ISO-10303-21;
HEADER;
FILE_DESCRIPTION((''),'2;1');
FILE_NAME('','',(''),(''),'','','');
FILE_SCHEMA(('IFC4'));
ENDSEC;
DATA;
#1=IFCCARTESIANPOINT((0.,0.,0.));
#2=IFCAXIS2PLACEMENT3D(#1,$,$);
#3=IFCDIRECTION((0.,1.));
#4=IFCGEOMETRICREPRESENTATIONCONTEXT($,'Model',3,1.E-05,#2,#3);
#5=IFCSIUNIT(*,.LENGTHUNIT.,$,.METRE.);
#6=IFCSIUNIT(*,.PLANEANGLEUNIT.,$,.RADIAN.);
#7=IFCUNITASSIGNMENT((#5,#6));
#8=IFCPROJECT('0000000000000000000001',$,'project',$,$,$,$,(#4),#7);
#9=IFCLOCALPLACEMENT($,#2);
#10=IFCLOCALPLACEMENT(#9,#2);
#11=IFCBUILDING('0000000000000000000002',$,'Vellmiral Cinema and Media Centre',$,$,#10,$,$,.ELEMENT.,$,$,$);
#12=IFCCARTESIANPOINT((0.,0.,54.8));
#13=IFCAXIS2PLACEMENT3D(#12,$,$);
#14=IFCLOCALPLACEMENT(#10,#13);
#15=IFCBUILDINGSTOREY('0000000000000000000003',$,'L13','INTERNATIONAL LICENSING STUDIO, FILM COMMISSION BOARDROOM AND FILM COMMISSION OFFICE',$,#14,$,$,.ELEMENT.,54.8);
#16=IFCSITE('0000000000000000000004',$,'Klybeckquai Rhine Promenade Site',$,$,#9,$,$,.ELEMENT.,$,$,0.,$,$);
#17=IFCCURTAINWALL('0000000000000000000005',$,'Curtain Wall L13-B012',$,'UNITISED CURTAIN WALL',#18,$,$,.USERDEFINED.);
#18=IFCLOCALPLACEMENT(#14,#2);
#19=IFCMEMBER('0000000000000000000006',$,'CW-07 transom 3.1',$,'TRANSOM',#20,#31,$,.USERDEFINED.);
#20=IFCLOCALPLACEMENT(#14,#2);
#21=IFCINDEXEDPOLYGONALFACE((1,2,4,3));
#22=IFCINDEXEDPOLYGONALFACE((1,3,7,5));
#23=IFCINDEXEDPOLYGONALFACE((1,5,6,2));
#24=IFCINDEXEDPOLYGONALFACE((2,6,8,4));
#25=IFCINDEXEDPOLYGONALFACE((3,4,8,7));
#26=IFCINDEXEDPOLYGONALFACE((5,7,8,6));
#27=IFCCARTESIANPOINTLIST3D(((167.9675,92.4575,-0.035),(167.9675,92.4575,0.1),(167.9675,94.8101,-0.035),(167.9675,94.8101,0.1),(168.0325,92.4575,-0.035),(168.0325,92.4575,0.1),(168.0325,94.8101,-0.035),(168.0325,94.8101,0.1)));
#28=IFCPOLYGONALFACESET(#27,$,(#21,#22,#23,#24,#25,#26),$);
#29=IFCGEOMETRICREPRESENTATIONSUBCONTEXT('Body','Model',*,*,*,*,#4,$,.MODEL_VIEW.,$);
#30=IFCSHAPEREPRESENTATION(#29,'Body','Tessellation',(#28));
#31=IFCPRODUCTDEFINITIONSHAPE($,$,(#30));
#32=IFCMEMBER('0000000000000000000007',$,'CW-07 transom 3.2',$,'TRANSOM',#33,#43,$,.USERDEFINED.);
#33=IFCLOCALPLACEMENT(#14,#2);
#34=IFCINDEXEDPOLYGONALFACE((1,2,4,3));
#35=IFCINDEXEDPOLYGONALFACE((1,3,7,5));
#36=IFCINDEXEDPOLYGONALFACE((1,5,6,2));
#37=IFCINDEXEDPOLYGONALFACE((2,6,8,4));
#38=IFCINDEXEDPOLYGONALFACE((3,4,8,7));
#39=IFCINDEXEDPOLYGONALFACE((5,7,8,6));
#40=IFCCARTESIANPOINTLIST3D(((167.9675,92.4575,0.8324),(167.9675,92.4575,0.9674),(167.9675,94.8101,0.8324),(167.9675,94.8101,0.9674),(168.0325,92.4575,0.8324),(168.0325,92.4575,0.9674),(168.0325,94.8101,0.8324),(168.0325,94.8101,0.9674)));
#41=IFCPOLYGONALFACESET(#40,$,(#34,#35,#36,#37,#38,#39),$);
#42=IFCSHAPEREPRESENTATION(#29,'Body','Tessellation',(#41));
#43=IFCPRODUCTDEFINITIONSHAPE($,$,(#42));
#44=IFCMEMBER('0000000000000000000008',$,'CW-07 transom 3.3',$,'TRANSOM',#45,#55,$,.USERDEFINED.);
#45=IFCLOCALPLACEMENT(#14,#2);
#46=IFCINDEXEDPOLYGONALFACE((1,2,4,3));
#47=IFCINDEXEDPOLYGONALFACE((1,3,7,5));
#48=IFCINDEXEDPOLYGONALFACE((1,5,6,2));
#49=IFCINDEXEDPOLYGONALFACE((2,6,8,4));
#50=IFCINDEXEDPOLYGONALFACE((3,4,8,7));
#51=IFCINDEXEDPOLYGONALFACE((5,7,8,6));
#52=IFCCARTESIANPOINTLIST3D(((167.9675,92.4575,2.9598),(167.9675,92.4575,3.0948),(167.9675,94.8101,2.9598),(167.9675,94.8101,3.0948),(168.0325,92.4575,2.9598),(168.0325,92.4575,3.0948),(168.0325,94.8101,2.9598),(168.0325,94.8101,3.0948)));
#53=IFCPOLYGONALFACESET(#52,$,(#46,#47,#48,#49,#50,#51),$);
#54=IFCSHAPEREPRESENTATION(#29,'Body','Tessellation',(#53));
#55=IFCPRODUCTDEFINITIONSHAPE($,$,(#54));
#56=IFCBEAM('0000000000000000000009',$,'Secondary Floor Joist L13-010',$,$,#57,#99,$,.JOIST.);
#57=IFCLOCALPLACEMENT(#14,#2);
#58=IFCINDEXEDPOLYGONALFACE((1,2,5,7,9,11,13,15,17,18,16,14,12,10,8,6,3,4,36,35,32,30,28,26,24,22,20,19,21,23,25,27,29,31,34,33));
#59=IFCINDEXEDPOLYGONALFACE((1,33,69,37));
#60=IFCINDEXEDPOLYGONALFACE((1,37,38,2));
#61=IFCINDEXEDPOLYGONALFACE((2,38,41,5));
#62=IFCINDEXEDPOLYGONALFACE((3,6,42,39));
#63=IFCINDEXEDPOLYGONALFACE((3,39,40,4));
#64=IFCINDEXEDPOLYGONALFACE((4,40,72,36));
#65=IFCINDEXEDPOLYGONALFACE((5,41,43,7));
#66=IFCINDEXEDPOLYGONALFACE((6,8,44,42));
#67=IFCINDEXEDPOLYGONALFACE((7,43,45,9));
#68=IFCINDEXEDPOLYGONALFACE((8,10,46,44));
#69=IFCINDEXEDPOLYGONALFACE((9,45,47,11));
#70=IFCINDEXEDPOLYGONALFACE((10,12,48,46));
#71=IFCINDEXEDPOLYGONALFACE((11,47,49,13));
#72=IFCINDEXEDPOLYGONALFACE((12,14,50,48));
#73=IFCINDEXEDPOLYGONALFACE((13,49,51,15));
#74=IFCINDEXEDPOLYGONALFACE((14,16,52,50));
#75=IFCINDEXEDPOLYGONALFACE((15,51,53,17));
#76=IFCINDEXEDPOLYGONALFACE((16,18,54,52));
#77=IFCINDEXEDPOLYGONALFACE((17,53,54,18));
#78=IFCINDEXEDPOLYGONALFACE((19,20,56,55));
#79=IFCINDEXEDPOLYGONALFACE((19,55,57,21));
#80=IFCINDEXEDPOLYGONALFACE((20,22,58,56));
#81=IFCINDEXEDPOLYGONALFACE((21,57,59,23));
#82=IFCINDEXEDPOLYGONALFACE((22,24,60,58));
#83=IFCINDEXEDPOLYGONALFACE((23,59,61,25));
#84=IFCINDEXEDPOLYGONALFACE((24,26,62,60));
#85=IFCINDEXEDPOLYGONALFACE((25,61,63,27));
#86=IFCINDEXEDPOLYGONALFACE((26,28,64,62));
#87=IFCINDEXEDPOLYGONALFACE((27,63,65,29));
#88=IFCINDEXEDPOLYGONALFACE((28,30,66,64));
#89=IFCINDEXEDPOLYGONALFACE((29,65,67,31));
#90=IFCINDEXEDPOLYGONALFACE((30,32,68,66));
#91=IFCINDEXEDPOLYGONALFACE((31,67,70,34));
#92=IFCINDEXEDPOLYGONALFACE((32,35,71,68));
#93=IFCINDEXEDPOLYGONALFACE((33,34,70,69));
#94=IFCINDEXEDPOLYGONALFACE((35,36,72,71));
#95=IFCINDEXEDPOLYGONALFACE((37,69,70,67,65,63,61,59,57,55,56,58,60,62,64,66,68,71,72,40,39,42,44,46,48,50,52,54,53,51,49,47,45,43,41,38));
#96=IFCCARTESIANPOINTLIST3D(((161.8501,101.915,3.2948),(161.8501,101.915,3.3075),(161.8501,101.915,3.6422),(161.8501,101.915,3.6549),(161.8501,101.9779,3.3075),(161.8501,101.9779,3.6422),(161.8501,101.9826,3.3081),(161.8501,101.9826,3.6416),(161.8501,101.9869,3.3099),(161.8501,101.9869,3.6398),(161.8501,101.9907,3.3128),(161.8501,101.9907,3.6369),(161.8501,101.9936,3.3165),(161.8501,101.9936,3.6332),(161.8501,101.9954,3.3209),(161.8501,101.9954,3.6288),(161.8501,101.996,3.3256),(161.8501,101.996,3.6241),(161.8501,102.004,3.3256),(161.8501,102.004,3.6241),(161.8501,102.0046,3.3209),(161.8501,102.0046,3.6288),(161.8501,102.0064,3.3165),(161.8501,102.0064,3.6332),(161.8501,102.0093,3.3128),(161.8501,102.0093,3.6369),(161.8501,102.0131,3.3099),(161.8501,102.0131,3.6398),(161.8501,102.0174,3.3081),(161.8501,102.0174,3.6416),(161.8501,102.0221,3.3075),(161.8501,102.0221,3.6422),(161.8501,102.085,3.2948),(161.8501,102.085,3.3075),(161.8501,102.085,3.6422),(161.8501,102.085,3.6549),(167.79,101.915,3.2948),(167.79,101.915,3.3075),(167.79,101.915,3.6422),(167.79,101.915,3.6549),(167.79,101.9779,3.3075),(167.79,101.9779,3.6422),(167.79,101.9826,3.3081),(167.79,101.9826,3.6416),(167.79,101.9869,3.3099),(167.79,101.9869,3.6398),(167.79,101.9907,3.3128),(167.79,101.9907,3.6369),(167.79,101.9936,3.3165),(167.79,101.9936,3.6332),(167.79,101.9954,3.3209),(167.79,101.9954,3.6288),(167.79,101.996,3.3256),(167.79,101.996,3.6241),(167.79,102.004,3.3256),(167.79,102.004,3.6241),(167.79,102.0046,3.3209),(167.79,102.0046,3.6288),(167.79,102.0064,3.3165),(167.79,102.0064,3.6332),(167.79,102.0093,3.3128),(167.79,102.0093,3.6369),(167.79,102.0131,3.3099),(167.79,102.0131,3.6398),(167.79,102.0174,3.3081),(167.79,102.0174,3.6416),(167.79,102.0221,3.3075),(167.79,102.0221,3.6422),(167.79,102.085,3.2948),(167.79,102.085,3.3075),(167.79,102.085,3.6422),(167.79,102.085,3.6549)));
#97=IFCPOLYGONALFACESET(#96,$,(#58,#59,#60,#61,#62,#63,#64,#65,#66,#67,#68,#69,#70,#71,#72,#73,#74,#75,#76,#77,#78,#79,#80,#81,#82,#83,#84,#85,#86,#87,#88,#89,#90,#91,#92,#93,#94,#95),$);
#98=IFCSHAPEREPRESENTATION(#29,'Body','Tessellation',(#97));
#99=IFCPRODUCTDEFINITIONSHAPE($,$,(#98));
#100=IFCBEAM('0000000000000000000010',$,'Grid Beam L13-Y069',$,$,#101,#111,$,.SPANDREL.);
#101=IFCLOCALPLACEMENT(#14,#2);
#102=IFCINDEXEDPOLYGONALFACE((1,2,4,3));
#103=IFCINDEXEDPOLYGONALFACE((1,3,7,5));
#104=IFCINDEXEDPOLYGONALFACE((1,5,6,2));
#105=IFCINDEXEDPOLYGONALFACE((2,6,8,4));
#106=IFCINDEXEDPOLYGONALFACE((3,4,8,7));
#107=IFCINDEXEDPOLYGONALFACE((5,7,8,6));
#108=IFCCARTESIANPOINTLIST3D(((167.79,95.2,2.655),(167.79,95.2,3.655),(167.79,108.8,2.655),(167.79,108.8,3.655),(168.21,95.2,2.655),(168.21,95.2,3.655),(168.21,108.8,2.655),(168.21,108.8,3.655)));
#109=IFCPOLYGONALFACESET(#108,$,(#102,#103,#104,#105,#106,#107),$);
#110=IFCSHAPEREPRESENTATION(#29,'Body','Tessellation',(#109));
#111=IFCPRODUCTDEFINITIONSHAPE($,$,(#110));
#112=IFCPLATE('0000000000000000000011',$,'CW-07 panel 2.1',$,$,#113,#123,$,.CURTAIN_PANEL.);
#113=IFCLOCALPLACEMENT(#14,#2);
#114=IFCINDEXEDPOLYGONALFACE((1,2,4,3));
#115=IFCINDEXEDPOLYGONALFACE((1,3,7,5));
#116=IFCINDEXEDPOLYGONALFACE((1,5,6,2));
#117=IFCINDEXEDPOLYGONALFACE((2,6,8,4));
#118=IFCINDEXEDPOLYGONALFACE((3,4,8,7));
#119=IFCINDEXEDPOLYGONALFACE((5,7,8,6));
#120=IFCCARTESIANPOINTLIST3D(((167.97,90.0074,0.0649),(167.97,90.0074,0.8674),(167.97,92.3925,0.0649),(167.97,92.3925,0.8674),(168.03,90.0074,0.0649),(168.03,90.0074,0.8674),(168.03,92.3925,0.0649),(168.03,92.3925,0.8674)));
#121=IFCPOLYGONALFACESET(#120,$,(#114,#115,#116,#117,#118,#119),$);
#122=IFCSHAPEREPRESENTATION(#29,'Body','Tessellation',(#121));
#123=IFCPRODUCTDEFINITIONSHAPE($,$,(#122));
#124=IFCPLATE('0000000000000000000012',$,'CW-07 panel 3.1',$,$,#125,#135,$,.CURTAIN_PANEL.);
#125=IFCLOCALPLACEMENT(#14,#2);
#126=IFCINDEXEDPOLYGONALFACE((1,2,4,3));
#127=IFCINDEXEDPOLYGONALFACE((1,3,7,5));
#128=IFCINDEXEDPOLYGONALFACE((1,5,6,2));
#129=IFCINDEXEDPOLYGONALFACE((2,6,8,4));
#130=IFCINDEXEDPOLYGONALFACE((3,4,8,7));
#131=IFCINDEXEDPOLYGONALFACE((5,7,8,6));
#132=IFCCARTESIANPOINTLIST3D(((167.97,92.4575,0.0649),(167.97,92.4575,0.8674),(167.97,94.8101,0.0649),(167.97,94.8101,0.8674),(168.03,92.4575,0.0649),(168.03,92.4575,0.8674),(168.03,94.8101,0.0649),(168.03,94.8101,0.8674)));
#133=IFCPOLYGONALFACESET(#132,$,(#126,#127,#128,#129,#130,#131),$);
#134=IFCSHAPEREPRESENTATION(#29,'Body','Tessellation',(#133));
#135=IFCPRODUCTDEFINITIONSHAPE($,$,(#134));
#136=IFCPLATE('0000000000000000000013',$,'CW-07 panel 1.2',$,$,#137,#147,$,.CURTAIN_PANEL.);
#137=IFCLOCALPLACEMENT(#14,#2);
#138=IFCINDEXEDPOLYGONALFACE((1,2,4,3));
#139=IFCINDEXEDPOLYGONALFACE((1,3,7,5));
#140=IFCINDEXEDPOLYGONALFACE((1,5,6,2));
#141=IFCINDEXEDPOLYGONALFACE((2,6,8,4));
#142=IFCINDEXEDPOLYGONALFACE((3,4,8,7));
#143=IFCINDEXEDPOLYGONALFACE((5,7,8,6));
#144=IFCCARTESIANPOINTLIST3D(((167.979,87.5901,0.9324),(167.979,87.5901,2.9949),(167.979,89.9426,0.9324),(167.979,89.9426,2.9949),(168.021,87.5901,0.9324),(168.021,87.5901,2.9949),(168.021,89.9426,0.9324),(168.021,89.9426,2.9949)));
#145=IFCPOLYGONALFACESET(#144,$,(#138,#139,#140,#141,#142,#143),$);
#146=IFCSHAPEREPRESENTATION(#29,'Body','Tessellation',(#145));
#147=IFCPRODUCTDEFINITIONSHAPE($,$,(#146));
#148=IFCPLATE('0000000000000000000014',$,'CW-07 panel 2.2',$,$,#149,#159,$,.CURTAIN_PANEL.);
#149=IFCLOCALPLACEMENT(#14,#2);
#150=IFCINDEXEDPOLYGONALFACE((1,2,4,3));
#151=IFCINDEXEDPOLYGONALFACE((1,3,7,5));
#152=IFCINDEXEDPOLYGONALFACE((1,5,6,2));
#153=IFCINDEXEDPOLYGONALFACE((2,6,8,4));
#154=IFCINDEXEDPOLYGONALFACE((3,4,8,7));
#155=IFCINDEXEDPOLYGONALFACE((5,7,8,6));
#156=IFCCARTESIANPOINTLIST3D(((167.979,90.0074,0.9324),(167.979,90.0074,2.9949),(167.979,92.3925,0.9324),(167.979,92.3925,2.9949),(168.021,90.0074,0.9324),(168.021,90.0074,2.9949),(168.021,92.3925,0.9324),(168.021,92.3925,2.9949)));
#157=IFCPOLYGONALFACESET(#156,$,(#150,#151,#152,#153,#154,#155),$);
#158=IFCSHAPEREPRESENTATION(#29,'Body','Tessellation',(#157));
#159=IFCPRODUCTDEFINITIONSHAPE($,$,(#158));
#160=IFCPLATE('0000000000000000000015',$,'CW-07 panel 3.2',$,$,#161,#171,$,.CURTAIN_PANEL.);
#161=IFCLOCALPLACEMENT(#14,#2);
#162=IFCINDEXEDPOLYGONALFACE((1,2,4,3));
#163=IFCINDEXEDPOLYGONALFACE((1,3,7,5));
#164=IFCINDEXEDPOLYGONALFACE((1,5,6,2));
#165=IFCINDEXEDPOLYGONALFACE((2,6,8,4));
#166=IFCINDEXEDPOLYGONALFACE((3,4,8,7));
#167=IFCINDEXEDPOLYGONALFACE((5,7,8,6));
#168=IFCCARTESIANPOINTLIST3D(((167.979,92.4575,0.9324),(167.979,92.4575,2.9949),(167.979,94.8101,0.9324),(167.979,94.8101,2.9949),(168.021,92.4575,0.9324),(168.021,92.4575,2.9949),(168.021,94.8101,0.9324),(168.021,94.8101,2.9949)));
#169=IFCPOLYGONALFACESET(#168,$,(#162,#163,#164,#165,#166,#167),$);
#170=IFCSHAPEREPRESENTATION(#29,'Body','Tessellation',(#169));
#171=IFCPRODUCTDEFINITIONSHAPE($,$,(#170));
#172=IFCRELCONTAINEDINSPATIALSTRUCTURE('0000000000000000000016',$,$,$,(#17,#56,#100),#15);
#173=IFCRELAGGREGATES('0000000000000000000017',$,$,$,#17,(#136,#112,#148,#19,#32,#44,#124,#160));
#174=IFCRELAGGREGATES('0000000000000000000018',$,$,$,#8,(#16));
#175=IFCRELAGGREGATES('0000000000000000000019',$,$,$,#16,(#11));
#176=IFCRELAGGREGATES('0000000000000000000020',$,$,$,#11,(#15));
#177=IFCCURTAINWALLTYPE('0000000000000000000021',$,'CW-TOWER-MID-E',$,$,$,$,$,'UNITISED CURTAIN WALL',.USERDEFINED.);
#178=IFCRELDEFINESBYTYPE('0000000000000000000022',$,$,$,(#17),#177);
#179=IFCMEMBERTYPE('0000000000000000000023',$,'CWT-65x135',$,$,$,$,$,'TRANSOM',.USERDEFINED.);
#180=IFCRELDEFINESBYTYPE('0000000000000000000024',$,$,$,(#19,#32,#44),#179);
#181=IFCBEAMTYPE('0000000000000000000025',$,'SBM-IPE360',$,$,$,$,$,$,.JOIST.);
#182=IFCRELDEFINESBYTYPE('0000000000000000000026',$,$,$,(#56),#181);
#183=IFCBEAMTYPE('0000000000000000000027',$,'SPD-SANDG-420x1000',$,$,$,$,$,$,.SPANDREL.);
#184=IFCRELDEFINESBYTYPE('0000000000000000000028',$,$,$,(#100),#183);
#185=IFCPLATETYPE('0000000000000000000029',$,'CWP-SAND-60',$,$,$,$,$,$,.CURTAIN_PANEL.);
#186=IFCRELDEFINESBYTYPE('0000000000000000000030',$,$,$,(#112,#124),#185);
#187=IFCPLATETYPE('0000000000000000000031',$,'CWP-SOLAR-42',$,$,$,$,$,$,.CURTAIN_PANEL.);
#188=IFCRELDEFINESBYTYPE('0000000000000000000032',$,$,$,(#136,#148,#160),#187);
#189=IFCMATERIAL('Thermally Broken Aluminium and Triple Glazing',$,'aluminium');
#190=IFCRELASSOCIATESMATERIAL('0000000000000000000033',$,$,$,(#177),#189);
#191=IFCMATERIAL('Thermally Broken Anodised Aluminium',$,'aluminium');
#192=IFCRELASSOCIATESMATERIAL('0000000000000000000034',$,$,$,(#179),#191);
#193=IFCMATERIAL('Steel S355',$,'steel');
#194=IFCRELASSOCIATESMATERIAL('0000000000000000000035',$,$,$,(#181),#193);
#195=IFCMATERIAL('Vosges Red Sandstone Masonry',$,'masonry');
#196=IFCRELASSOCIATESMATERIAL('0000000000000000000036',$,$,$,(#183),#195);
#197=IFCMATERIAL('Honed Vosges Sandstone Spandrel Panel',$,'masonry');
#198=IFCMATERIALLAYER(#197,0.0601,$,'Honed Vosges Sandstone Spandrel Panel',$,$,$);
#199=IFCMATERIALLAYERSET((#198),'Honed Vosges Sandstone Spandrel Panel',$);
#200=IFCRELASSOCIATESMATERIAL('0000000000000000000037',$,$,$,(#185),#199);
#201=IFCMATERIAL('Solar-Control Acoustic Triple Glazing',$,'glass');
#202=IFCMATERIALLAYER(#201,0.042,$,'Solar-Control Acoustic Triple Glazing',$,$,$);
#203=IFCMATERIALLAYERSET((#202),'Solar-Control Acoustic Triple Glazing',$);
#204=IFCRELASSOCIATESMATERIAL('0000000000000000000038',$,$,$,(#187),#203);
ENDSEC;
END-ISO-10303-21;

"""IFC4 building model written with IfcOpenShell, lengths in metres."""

from ifc_helpers import new_model, si_unit, direction, frame, origin, origin_2d, place, context, subcontext, project, spatial, rectangle, i_section, extrude, material, layer, layer_set, material_profile, profile_set, type_object, element, aggregate, save


model = new_model("IFC4")

# Units and contexts
model_context = context("Model", 3, precision=1e-05, world=origin(), true_north=direction((0.0, 1.0)))
body_context = subcontext(model_context, "Body", "Model", "MODEL_VIEW")
ifc_project = project(units=[si_unit("LENGTHUNIT", "METRE"), si_unit("PLANEANGLEUNIT", "RADIAN")], contexts=[model_context])

# Site, building, storey
site_placement = place(None, origin())
site = spatial("IfcSite", under=ifc_project, at=site_placement, Name="Klybeckquai Rhine Promenade Site", CompositionType="ELEMENT", RefElevation=0.0)
building_placement = place(site_placement, origin())
building = spatial("IfcBuilding", under=site, at=building_placement, Name="Vellmiral Cinema and Media Centre", CompositionType="ELEMENT")
storey_placement = place(building_placement, frame((0.0, 0.0, 54.8)))
storey = spatial("IfcBuildingStorey", under=building, at=storey_placement, Name="L13", Description="INTERNATIONAL LICENSING STUDIO, FILM COMMISSION BOARDROOM AND FILM COMMISSION OFFICE", CompositionType="ELEMENT", Elevation=54.8)

# Curtain wall, members
ifc_material_1 = material(Name="Thermally Broken Aluminium and Triple Glazing", Category="aluminium")
curtain_wall_type = type_object("IfcCurtainWallType", Name="CW-TOWER-MID-E", ElementType="UNITISED CURTAIN WALL", PredefinedType="USERDEFINED", material=ifc_material_1)
curtain_wall_placement = place(storey_placement, origin())
curtain_wall = element("IfcCurtainWall", 1, at=curtain_wall_placement, inside=storey, type_object=curtain_wall_type, Name="Curtain Wall L13-B012", ObjectType="UNITISED CURTAIN WALL", PredefinedType="USERDEFINED")
ifc_material_2 = material(Name="Thermally Broken Anodised Aluminium", Category="aluminium")
ifc_material_profile_1 = material_profile(ifc_material_2, rectangle(XDim=0.0649, YDim=0.135, at=origin_2d()), Name="MULL 65x135")
ifc_profile_set_1 = profile_set([ifc_material_profile_1], Name="Thermally Broken Anodised Aluminium")
member_type_1 = type_object("IfcMemberType", Name="CWT-65x135", ElementType="TRANSOM", PredefinedType="USERDEFINED", material=ifc_profile_set_1)
member_1_placement = place(storey_placement, frame((168.0, 92.4575, 0.0325), z_axis=(0.0, 1.0, 0.0), x_axis=(-1.0, 0.0, 0.0)))
member_1 = element("IfcMember", 2, at=member_1_placement, type_object=member_type_1, Name="CW-07 transom 3.1", ObjectType="TRANSOM", PredefinedType="USERDEFINED", context=body_context, shape_type="SweptSolid", body=[
    extrude(rectangle(XDim=0.0649, YDim=0.135, at=origin_2d()), origin(), (0.0, 0.0, 1.0), 2.3525),
])
member_2_placement = place(storey_placement, frame((168.0, 92.4575, 0.8999), z_axis=(0.0, 1.0, 0.0), x_axis=(-1.0, 0.0, 0.0)))
member_2 = element("IfcMember", 3, at=member_2_placement, type_object=member_type_1, Name="CW-07 transom 3.2", ObjectType="TRANSOM", PredefinedType="USERDEFINED", context=body_context, shape_type="SweptSolid", body=[
    extrude(rectangle(XDim=0.0649, YDim=0.135, at=origin_2d()), origin(), (0.0, 0.0, 1.0), 2.3525),
])
member_3_placement = place(storey_placement, frame((168.0, 92.4575, 3.0273), z_axis=(0.0, 1.0, 0.0), x_axis=(-1.0, 0.0, 0.0)))
member_3 = element("IfcMember", 4, at=member_3_placement, type_object=member_type_1, Name="CW-07 transom 3.3", ObjectType="TRANSOM", PredefinedType="USERDEFINED", context=body_context, shape_type="SweptSolid", body=[
    extrude(rectangle(XDim=0.0649, YDim=0.135, at=origin_2d()), origin(), (0.0, 0.0, 1.0), 2.3525),
])

# Beams
ifc_material_3 = material(Name="Steel S355", Category="steel")
ifc_material_profile_2 = material_profile(ifc_material_3, i_section(OverallWidth=0.1699, OverallDepth=0.3601, WebThickness=0.0081, FlangeThickness=0.0127, FilletRadius=0.0181, at=origin_2d()), Name="IPE 360")
ifc_profile_set_2 = profile_set([ifc_material_profile_2], Name="Steel S355")
beam_type_1 = type_object("IfcBeamType", Name="SBM-IPE360", PredefinedType="JOIST", material=ifc_profile_set_2)
beam_1_placement = place(storey_placement, frame((161.8501, 102.0, 3.4749), z_axis=(1.0, 0.0, 0.0), x_axis=(0.0, 1.0, 0.0)))
element("IfcBeam", 5, at=beam_1_placement, inside=storey, type_object=beam_type_1, Name="Secondary Floor Joist L13-010", PredefinedType="JOIST", context=body_context, shape_type="SweptSolid", body=[
    extrude(i_section(OverallWidth=0.1699, OverallDepth=0.3601, WebThickness=0.0081, FlangeThickness=0.0127, FilletRadius=0.0181, at=origin_2d()), origin(), (0.0, 0.0, 1.0), 5.9399),
])
ifc_material_4 = material(Name="Vosges Red Sandstone Masonry", Category="masonry")
ifc_material_profile_3 = material_profile(ifc_material_4, rectangle(XDim=0.4199, YDim=1.0, at=origin_2d()), Name="SAND 420x1000")
ifc_profile_set_3 = profile_set([ifc_material_profile_3], Name="Vosges Red Sandstone Masonry")
beam_type_2 = type_object("IfcBeamType", Name="SPD-SANDG-420x1000", PredefinedType="SPANDREL", material=ifc_profile_set_3)
beam_2_placement = place(storey_placement, frame((168.0, 95.2, 3.155), z_axis=(0.0, 1.0, 0.0), x_axis=(-1.0, 0.0, 0.0)))
element("IfcBeam", 6, at=beam_2_placement, inside=storey, type_object=beam_type_2, Name="Grid Beam L13-Y069", PredefinedType="SPANDREL", context=body_context, shape_type="SweptSolid", body=[
    extrude(rectangle(XDim=0.4199, YDim=1.0, at=origin_2d()), origin(), (0.0, 0.0, 1.0), 13.6001),
])

# Plates
ifc_material_5 = material(Name="Honed Vosges Sandstone Spandrel Panel", Category="masonry")
ifc_layer_1 = layer(ifc_material_5, 0.0601, Name="Honed Vosges Sandstone Spandrel Panel")
ifc_layer_set_1 = layer_set([ifc_layer_1], Name="Honed Vosges Sandstone Spandrel Panel")
plate_type_1 = type_object("IfcPlateType", Name="CWP-SAND-60", PredefinedType="CURTAIN_PANEL", material=ifc_layer_set_1)
plate_1_placement = place(storey_placement, frame((168.0, 91.2, 0.0649), z_axis=(0.0, 0.0, 1.0), x_axis=(0.0, 1.0, 0.0)))
plate_1 = element("IfcPlate", 7, at=plate_1_placement, type_object=plate_type_1, Name="CW-07 panel 2.1", PredefinedType="CURTAIN_PANEL", context=body_context, shape_type="SweptSolid", body=[
    extrude(rectangle(XDim=2.385, YDim=0.0601, at=origin_2d()), origin(), (0.0, 0.0, 1.0), 0.8025),
])
plate_2_placement = place(storey_placement, frame((168.0, 93.6338, 0.0649), z_axis=(0.0, 0.0, 1.0), x_axis=(0.0, 1.0, 0.0)))
plate_2 = element("IfcPlate", 8, at=plate_2_placement, type_object=plate_type_1, Name="CW-07 panel 3.1", PredefinedType="CURTAIN_PANEL", context=body_context, shape_type="SweptSolid", body=[
    extrude(rectangle(XDim=2.3525, YDim=0.0601, at=origin_2d()), origin(), (0.0, 0.0, 1.0), 0.8025),
])
ifc_material_6 = material(Name="Solar-Control Acoustic Triple Glazing", Category="glass")
ifc_layer_2 = layer(ifc_material_6, 0.042, Name="Solar-Control Acoustic Triple Glazing")
ifc_layer_set_2 = layer_set([ifc_layer_2], Name="Solar-Control Acoustic Triple Glazing")
plate_type_2 = type_object("IfcPlateType", Name="CWP-SOLAR-42", PredefinedType="CURTAIN_PANEL", material=ifc_layer_set_2)
plate_3_placement = place(storey_placement, frame((168.0, 88.7664, 0.9324), z_axis=(0.0, 0.0, 1.0), x_axis=(0.0, 1.0, 0.0)))
plate_3 = element("IfcPlate", 9, at=plate_3_placement, type_object=plate_type_2, Name="CW-07 panel 1.2", PredefinedType="CURTAIN_PANEL", context=body_context, shape_type="SweptSolid", body=[
    extrude(rectangle(XDim=2.3525, YDim=0.042, at=origin_2d()), origin(), (0.0, 0.0, 1.0), 2.0625),
])
plate_4_placement = place(storey_placement, frame((168.0, 91.2, 0.9324), z_axis=(0.0, 0.0, 1.0), x_axis=(0.0, 1.0, 0.0)))
plate_4 = element("IfcPlate", 10, at=plate_4_placement, type_object=plate_type_2, Name="CW-07 panel 2.2", PredefinedType="CURTAIN_PANEL", context=body_context, shape_type="SweptSolid", body=[
    extrude(rectangle(XDim=2.385, YDim=0.042, at=origin_2d()), origin(), (0.0, 0.0, 1.0), 2.0625),
])
plate_5_placement = place(storey_placement, frame((168.0, 93.6338, 0.9324), z_axis=(0.0, 0.0, 1.0), x_axis=(0.0, 1.0, 0.0)))
plate_5 = element("IfcPlate", 11, at=plate_5_placement, type_object=plate_type_2, Name="CW-07 panel 3.2", PredefinedType="CURTAIN_PANEL", context=body_context, shape_type="SweptSolid", body=[
    extrude(rectangle(XDim=2.3525, YDim=0.042, at=origin_2d()), origin(), (0.0, 0.0, 1.0), 2.0625),
])
aggregate(curtain_wall, [plate_3, plate_1, plate_4, member_1, member_2, member_3, plate_2, plate_5])

save(model, "model.ifc")
